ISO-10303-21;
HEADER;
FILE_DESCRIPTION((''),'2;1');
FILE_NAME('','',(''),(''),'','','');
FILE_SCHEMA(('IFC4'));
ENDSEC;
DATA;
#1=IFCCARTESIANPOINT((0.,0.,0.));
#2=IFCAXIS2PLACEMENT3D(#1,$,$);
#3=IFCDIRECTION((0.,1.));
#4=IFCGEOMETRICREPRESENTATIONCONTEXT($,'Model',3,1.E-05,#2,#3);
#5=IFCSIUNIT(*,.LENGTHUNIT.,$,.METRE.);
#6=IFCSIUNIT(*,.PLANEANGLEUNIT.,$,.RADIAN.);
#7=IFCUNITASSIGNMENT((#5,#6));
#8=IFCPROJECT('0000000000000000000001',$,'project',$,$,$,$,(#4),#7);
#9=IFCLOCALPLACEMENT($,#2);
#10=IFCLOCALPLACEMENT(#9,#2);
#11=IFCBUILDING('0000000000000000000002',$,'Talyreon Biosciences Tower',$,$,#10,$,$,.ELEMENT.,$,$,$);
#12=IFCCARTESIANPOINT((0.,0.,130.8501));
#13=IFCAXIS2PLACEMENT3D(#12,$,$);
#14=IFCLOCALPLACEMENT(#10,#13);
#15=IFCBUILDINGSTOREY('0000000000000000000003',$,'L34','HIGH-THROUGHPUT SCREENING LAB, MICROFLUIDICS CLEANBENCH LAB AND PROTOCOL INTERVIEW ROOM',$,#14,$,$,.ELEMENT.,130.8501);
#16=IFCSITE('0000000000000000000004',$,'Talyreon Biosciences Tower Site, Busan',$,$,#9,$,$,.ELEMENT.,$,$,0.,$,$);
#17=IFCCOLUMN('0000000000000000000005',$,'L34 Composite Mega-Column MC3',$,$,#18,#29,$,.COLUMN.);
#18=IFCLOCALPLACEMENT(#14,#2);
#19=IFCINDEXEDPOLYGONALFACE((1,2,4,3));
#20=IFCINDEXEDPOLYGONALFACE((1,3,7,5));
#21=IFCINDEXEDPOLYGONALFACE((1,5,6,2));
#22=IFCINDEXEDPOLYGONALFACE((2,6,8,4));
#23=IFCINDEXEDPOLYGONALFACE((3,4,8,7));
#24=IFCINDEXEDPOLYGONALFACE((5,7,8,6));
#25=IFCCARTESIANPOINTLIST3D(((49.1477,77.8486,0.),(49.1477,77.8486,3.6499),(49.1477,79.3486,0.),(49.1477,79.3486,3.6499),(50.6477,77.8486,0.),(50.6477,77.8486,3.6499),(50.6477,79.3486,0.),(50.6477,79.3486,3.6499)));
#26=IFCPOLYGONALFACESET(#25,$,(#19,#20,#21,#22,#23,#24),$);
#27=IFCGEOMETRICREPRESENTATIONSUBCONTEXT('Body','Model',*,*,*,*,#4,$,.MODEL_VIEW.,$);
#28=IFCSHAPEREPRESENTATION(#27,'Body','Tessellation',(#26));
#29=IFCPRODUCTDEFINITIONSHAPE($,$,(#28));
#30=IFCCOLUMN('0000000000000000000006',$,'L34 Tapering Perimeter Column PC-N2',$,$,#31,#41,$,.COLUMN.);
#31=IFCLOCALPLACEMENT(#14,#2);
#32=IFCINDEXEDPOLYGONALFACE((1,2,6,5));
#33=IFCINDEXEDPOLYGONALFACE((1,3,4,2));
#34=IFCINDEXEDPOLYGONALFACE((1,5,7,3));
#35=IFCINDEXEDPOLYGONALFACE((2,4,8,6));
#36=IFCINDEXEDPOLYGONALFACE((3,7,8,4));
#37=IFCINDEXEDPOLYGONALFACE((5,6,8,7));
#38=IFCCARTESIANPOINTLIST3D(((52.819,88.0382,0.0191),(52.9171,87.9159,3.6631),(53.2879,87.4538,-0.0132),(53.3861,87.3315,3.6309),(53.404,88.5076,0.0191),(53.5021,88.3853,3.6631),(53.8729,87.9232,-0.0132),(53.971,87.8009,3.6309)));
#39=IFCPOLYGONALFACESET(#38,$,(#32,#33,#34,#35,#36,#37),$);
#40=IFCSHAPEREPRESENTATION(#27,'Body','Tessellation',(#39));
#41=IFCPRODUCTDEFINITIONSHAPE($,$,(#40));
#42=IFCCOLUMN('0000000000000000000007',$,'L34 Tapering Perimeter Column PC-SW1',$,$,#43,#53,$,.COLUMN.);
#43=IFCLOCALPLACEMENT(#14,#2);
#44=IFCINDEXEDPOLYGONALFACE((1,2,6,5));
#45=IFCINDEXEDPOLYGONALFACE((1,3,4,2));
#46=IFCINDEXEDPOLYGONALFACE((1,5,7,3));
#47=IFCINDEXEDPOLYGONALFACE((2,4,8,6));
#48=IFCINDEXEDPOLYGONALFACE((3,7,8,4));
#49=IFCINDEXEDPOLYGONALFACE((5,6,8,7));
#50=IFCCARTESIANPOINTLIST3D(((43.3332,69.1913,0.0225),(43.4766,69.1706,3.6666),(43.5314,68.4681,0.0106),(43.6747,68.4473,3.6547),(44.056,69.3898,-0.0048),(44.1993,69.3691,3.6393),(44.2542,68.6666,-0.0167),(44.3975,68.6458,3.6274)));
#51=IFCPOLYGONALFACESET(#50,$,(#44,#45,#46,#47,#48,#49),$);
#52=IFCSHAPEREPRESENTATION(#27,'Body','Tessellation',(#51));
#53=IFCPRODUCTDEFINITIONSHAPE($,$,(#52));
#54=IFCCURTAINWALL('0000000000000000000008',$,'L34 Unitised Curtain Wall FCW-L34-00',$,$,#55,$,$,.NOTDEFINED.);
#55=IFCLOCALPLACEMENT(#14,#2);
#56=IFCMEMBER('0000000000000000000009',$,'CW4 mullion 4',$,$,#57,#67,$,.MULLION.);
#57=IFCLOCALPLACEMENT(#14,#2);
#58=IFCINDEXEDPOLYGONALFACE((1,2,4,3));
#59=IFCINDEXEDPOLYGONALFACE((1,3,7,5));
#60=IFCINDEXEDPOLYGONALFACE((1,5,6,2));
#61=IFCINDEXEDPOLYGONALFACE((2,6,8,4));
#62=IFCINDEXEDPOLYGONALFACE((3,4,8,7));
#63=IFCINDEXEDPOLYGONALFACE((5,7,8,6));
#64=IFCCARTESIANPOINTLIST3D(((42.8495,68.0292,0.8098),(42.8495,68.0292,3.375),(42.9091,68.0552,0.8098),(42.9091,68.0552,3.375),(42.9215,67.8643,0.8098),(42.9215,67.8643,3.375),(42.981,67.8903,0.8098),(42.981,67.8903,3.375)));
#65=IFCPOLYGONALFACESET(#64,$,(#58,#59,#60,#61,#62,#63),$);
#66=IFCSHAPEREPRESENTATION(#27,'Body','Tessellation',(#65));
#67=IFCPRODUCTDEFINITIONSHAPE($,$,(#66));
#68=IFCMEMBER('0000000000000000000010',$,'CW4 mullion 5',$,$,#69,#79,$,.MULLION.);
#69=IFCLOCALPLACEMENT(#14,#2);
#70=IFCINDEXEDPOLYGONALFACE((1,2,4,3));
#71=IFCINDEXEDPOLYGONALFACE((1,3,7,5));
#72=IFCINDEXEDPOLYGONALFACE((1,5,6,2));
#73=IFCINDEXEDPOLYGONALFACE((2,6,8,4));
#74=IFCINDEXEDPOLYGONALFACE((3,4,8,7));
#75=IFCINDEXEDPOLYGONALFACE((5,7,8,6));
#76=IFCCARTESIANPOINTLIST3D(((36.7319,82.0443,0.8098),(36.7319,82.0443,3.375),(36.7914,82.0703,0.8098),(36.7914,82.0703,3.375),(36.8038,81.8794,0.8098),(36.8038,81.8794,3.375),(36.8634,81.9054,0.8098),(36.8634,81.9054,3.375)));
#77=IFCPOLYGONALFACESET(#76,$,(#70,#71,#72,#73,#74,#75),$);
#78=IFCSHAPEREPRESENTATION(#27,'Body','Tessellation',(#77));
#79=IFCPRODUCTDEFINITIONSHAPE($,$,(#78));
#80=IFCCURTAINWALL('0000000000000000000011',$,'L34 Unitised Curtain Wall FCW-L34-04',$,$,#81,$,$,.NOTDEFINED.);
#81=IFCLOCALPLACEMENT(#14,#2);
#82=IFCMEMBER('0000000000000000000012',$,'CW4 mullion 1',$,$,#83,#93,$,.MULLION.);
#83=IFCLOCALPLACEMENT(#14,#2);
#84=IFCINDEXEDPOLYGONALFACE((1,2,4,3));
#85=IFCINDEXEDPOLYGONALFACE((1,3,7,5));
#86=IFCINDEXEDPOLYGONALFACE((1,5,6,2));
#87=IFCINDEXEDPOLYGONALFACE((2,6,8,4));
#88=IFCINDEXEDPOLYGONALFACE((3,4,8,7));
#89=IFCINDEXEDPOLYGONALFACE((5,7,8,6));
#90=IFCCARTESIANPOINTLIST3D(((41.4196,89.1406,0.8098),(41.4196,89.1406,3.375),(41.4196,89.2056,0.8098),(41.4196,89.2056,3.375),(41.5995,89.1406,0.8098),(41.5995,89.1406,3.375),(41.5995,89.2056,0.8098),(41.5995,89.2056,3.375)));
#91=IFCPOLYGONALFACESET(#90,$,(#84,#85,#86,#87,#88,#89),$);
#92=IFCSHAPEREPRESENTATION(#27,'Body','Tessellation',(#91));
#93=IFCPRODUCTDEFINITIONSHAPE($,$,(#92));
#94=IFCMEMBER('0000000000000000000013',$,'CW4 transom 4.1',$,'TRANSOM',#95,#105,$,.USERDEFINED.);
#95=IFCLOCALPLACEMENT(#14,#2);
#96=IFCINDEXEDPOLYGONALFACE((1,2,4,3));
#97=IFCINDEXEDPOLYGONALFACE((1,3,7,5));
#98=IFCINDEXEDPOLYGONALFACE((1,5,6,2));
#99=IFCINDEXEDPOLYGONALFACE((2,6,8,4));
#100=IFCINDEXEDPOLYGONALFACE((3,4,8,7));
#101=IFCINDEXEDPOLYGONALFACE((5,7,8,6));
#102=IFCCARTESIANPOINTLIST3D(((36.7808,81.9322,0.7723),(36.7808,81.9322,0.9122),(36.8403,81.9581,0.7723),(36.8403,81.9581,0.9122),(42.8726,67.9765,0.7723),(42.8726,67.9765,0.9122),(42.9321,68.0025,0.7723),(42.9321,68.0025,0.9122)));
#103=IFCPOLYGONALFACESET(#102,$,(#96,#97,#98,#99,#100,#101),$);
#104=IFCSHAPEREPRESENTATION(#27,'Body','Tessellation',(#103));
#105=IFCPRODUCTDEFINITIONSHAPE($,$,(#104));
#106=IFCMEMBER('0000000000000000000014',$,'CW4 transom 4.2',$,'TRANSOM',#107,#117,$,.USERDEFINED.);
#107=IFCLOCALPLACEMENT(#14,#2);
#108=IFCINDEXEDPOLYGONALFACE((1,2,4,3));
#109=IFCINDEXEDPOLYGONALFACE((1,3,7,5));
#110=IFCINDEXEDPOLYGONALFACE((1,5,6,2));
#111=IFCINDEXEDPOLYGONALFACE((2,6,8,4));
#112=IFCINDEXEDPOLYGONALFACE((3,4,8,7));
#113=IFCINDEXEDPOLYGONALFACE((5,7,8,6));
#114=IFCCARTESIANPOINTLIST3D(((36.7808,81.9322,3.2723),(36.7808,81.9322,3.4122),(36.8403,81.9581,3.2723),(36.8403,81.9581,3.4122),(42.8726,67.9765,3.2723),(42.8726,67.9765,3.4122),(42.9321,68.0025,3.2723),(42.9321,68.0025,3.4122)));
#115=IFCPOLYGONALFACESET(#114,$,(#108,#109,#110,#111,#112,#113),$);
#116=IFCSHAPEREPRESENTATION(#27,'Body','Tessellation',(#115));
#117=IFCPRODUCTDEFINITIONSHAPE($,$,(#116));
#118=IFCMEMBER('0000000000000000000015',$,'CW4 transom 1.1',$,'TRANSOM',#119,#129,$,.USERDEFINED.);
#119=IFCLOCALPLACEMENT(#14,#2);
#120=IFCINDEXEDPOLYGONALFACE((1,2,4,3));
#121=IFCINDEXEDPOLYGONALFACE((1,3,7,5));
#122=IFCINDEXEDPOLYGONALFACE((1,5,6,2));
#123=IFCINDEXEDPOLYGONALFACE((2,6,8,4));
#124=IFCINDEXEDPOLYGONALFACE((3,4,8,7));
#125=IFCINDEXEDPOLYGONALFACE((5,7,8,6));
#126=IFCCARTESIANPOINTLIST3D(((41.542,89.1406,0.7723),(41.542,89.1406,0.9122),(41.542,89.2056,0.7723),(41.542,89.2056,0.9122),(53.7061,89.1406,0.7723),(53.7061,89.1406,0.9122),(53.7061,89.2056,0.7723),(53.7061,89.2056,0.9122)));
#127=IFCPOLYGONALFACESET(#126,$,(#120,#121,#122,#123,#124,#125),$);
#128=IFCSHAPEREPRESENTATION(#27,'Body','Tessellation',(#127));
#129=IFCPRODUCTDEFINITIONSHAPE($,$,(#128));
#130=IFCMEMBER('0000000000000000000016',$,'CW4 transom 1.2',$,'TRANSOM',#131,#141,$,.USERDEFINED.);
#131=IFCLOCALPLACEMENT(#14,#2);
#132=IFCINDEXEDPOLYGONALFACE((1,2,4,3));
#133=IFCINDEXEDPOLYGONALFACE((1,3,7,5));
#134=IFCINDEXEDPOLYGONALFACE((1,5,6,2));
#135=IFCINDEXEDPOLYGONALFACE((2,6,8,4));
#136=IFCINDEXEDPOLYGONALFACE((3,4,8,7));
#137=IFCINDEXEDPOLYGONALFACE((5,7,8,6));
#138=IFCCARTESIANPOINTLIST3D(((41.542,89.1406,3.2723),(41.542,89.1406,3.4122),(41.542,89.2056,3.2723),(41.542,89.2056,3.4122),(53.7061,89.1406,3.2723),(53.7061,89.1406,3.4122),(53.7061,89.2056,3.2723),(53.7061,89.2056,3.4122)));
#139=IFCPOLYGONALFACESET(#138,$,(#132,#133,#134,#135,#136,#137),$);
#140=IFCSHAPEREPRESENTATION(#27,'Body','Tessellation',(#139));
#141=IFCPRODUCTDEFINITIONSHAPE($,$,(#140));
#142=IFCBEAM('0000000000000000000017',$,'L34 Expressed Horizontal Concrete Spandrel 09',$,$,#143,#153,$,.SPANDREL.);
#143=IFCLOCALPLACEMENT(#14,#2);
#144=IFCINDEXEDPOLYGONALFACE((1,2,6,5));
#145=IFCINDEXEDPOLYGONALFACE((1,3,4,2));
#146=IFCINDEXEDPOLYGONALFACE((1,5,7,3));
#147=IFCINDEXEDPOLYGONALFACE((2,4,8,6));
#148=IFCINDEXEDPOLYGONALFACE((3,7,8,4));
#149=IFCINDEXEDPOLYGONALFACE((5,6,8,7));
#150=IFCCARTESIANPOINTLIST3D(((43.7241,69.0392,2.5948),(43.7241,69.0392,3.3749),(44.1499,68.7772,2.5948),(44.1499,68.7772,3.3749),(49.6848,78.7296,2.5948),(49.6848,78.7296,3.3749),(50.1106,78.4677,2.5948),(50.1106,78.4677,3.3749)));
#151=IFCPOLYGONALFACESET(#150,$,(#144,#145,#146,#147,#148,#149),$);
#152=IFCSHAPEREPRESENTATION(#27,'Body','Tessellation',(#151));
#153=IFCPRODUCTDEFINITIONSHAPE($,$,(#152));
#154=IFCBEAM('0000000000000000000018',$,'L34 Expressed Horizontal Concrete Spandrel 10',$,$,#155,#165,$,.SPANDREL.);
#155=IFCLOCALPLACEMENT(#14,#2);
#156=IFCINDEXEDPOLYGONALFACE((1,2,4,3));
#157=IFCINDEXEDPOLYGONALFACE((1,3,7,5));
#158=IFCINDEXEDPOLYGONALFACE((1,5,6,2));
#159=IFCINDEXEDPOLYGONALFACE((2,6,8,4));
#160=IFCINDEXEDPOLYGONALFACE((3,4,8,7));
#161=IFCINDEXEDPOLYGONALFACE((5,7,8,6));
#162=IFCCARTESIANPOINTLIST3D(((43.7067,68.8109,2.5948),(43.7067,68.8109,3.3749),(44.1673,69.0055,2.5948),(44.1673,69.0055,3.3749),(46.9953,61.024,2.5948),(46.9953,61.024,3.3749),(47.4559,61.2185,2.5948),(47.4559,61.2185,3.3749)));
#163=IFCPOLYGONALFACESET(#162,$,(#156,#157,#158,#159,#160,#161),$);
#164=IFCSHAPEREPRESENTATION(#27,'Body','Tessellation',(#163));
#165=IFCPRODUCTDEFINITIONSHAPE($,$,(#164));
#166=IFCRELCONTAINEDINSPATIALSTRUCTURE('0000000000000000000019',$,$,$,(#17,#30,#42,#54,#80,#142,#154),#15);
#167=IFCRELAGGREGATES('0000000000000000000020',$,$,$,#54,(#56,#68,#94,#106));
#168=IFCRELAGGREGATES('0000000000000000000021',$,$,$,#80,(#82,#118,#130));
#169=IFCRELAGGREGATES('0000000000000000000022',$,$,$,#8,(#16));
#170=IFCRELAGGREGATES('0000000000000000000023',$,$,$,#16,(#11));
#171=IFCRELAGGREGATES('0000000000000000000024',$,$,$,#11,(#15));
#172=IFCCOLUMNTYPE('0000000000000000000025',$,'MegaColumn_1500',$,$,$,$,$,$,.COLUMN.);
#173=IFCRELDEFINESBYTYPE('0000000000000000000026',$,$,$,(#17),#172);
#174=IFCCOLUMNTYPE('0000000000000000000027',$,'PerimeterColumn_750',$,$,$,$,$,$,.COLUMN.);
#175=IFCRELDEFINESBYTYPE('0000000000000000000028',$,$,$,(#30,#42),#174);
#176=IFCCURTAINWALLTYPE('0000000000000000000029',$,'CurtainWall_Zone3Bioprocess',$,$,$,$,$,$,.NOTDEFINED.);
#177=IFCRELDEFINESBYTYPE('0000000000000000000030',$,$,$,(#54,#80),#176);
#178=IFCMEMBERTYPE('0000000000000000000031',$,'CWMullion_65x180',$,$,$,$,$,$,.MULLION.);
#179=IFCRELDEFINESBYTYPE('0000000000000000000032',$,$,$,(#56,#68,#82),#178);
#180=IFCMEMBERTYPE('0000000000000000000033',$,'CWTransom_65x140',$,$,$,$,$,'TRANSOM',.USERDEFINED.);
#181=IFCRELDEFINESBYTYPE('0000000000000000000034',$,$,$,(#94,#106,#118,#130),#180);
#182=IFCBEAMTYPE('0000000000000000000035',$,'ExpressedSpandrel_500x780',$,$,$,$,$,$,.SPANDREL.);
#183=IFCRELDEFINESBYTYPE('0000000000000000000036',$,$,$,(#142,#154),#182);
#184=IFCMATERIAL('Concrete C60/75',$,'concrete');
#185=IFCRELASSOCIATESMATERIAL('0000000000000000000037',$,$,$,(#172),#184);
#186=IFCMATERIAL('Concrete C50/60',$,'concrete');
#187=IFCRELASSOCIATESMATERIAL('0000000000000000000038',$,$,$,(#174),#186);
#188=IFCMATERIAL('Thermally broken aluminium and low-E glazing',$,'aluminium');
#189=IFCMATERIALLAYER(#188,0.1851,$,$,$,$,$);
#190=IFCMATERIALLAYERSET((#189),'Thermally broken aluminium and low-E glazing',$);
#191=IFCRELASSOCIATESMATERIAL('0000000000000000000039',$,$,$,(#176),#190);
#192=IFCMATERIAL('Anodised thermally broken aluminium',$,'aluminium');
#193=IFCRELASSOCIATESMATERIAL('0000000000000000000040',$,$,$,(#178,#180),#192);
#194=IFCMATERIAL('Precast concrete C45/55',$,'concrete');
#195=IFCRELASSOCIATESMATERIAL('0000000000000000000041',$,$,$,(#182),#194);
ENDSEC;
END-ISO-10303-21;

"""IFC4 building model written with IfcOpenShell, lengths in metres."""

from ifc_helpers import new_model, si_unit, direction, frame, origin, origin_2d, place, context, subcontext, project, spatial, rectangle, extrude, material, layer, layer_set, material_profile, profile_set, type_object, element, aggregate, save


model = new_model("IFC4")

# Units and contexts
model_context = context("Model", 3, precision=1e-05, world=origin(), true_north=direction((0.0, 1.0)))
body_context = subcontext(model_context, "Body", "Model", "MODEL_VIEW")
ifc_project = project(units=[si_unit("LENGTHUNIT", "METRE"), si_unit("PLANEANGLEUNIT", "RADIAN")], contexts=[model_context])

# Site, building, storey
site_placement = place(None, origin())
site = spatial("IfcSite", under=ifc_project, at=site_placement, Name="Talyreon Biosciences Tower Site, Busan", CompositionType="ELEMENT", RefElevation=0.0)
building_placement = place(site_placement, origin())
building = spatial("IfcBuilding", under=site, at=building_placement, Name="Talyreon Biosciences Tower", CompositionType="ELEMENT")
storey_placement = place(building_placement, frame((0.0, 0.0, 130.8501)))
storey = spatial("IfcBuildingStorey", under=building, at=storey_placement, Name="L34", Description="HIGH-THROUGHPUT SCREENING LAB, MICROFLUIDICS CLEANBENCH LAB AND PROTOCOL INTERVIEW ROOM", CompositionType="ELEMENT", Elevation=130.8501)

# Columns
ifc_material_1 = material(Name="Concrete C60/75", Category="concrete")
ifc_material_profile_1 = material_profile(ifc_material_1, rectangle(XDim=1.5, YDim=1.5, at=origin_2d()), Name="RC 1500x1500")
ifc_profile_set_1 = profile_set([ifc_material_profile_1], Name="Concrete C60/75")
column_type_1 = type_object("IfcColumnType", Name="MegaColumn_1500", PredefinedType="COLUMN", material=ifc_profile_set_1)
column_1_placement = place(storey_placement, frame((49.8977, 78.5986, 0.0), z_axis=(0.0, 0.0, 1.0), x_axis=(1.0, 0.0, 0.0)))
element("IfcColumn", 1, at=column_1_placement, inside=storey, type_object=column_type_1, Name="L34 Composite Mega-Column MC3", PredefinedType="COLUMN", context=body_context, shape_type="SweptSolid", body=[
    extrude(rectangle(XDim=1.5, YDim=1.5, at=origin_2d()), origin(), (0.0, 0.0, 1.0), 3.6499),
])
ifc_material_2 = material(Name="Concrete C50/60", Category="concrete")
ifc_material_profile_2 = material_profile(ifc_material_2, rectangle(XDim=0.75, YDim=0.75, at=origin_2d()), Name="RC 750x750")
ifc_profile_set_2 = profile_set([ifc_material_profile_2], Name="Concrete C50/60")
column_type_2 = type_object("IfcColumnType", Name="PerimeterColumn_750", PredefinedType="COLUMN", material=ifc_profile_set_2)
column_2_placement = place(storey_placement, frame((53.3459, 87.9807, 0.0029), z_axis=(0.026908, -0.033535, 0.999075), x_axis=(-0.779957, -0.625834, 0.0)))
element("IfcColumn", 2, at=column_2_placement, inside=storey, type_object=column_type_2, Name="L34 Tapering Perimeter Column PC-N2", PredefinedType="COLUMN", context=body_context, shape_type="SweptSolid", body=[
    extrude(rectangle(XDim=0.75, YDim=0.75, at=origin_2d()), origin(), (0.0, 0.0, 1.0), 3.6475),
])
column_3_placement = place(storey_placement, frame((43.7937, 68.929, 0.0029), z_axis=(0.039296, -0.00569, 0.999211), x_axis=(0.963664, 0.264627, -0.036391)))
element("IfcColumn", 3, at=column_3_placement, inside=storey, type_object=column_type_2, Name="L34 Tapering Perimeter Column PC-SW1", PredefinedType="COLUMN", context=body_context, shape_type="SweptSolid", body=[
    extrude(rectangle(XDim=0.75, YDim=0.75, at=origin_2d()), origin(), (0.0, 0.0, 1.0), 3.647),
])

# Curtain wall, members
ifc_material_3 = material(Name="Thermally broken aluminium and low-E glazing", Category="aluminium")
ifc_layer_1 = layer(ifc_material_3, 0.1851)
ifc_layer_set_1 = layer_set([ifc_layer_1], Name="Thermally broken aluminium and low-E glazing")
curtain_wall_type = type_object("IfcCurtainWallType", Name="CurtainWall_Zone3Bioprocess", PredefinedType="NOTDEFINED", material=ifc_layer_set_1)
curtain_wall_1_placement = place(storey_placement, origin())
curtain_wall_1 = element("IfcCurtainWall", 4, at=curtain_wall_1_placement, inside=storey, type_object=curtain_wall_type, Name="L34 Unitised Curtain Wall FCW-L34-00", PredefinedType="NOTDEFINED")
ifc_material_4 = material(Name="Anodised thermally broken aluminium", Category="aluminium")
ifc_material_profile_3 = material_profile(ifc_material_4, rectangle(XDim=0.0649, YDim=0.1799, at=origin_2d()), Name="ALUM MULLION 65x180")
ifc_profile_set_3 = profile_set([ifc_material_profile_3], Name="Anodised thermally broken aluminium")
member_type_1 = type_object("IfcMemberType", Name="CWMullion_65x180", PredefinedType="MULLION", material=ifc_profile_set_3)
member_1_placement = place(storey_placement, frame((42.9153, 67.9597, 0.8098), z_axis=(0.0, 0.0, 1.0), x_axis=(-0.91649, -0.400058, 0.0)))
member_1 = element("IfcMember", 5, at=member_1_placement, type_object=member_type_1, Name="CW4 mullion 4", PredefinedType="MULLION", context=body_context, shape_type="SweptSolid", body=[
    extrude(rectangle(XDim=0.0649, YDim=0.1799, at=origin_2d()), origin(), (0.0, 0.0, 1.0), 2.5652),
])
member_2_placement = place(storey_placement, frame((36.7976, 81.9749, 0.8098), z_axis=(0.0, 0.0, 1.0), x_axis=(-0.91649, -0.400058, 0.0)))
member_2 = element("IfcMember", 6, at=member_2_placement, type_object=member_type_1, Name="CW4 mullion 5", PredefinedType="MULLION", context=body_context, shape_type="SweptSolid", body=[
    extrude(rectangle(XDim=0.0649, YDim=0.1799, at=origin_2d()), origin(), (0.0, 0.0, 1.0), 2.5652),
])

# Curtain wall, member
curtain_wall_2_placement = place(storey_placement, origin())
curtain_wall_2 = element("IfcCurtainWall", 7, at=curtain_wall_2_placement, inside=storey, type_object=curtain_wall_type, Name="L34 Unitised Curtain Wall FCW-L34-04", PredefinedType="NOTDEFINED")
member_3_placement = place(storey_placement, frame((41.5095, 89.1731, 0.8098), z_axis=(0.0, 0.0, 1.0), x_axis=(0.0, 1.0, 0.0)))
member_3 = element("IfcMember", 8, at=member_3_placement, type_object=member_type_1, Name="CW4 mullion 1", PredefinedType="MULLION", context=body_context, shape_type="SweptSolid", body=[
    extrude(rectangle(XDim=0.0649, YDim=0.1799, at=origin_2d()), origin(), (0.0, 0.0, 1.0), 2.5652),
])

# Members
ifc_material_profile_4 = material_profile(ifc_material_4, rectangle(XDim=0.0649, YDim=0.1399, at=origin_2d()), Name="ALUM TRANSOM 65x140")
ifc_profile_set_4 = profile_set([ifc_material_profile_4], Name="Anodised thermally broken aluminium")
member_type_2 = type_object("IfcMemberType", Name="CWTransom_65x140", ElementType="TRANSOM", PredefinedType="USERDEFINED", material=ifc_profile_set_4)
member_4_placement = place(storey_placement, frame((42.9023, 67.9895, 0.8423), z_axis=(-0.40006, 0.916489, 0.0), x_axis=(-0.916489, -0.40006, 0.0)))
member_4 = element("IfcMember", 9, at=member_4_placement, type_object=member_type_2, Name="CW4 transom 4.1", ObjectType="TRANSOM", PredefinedType="USERDEFINED", context=body_context, shape_type="SweptSolid", body=[
    extrude(rectangle(XDim=0.0649, YDim=0.1399, at=origin_2d()), origin(), (0.0, 0.0, 1.0), 15.2273),
])
member_5_placement = place(storey_placement, frame((42.9023, 67.9895, 3.3423), z_axis=(-0.40006, 0.916489, 0.0), x_axis=(-0.916489, -0.40006, 0.0)))
member_5 = element("IfcMember", 10, at=member_5_placement, type_object=member_type_2, Name="CW4 transom 4.2", ObjectType="TRANSOM", PredefinedType="USERDEFINED", context=body_context, shape_type="SweptSolid", body=[
    extrude(rectangle(XDim=0.0649, YDim=0.1399, at=origin_2d()), origin(), (0.0, 0.0, 1.0), 15.2273),
])
member_6_placement = place(storey_placement, frame((41.542, 89.1731, 0.8423), z_axis=(1.0, 0.0, 0.0), x_axis=(0.0, 1.0, 0.0)))
member_6 = element("IfcMember", 11, at=member_6_placement, type_object=member_type_2, Name="CW4 transom 1.1", ObjectType="TRANSOM", PredefinedType="USERDEFINED", context=body_context, shape_type="SweptSolid", body=[
    extrude(rectangle(XDim=0.0649, YDim=0.1399, at=origin_2d()), origin(), (0.0, 0.0, 1.0), 12.1641),
])
member_7_placement = place(storey_placement, frame((41.542, 89.1731, 3.3423), z_axis=(1.0, 0.0, 0.0), x_axis=(0.0, 1.0, 0.0)))
member_7 = element("IfcMember", 12, at=member_7_placement, type_object=member_type_2, Name="CW4 transom 1.2", ObjectType="TRANSOM", PredefinedType="USERDEFINED", context=body_context, shape_type="SweptSolid", body=[
    extrude(rectangle(XDim=0.0649, YDim=0.1399, at=origin_2d()), origin(), (0.0, 0.0, 1.0), 12.1641),
])

# Beams
ifc_material_5 = material(Name="Precast concrete C45/55", Category="concrete")
ifc_material_profile_5 = material_profile(ifc_material_5, rectangle(XDim=0.5, YDim=0.78, at=origin_2d()), Name="RCB 500x780")
ifc_profile_set_5 = profile_set([ifc_material_profile_5], Name="Precast concrete C45/55")
beam_type_1 = type_object("IfcBeamType", Name="ExpressedSpandrel_500x780", PredefinedType="SPANDREL", material=ifc_profile_set_5)
beam_1_placement = place(storey_placement, frame((49.8977, 78.5986, 2.9849), z_axis=(-0.523929, -0.851762, 0.0), x_axis=(0.851762, -0.523929, 0.0)))
element("IfcBeam", 13, at=beam_1_placement, inside=storey, type_object=beam_type_1, Name="L34 Expressed Horizontal Concrete Spandrel 09", PredefinedType="SPANDREL", context=body_context, shape_type="SweptSolid", body=[
    extrude(rectangle(XDim=0.5, YDim=0.78, at=origin_2d()), origin(), (0.0, 0.0, 1.0), 11.377),
])
beam_2_placement = place(storey_placement, frame((43.937, 68.9082, 2.9849), z_axis=(0.389051, -0.921216, 0.0), x_axis=(0.921216, 0.389051, 0.0)))
element("IfcBeam", 14, at=beam_2_placement, inside=storey, type_object=beam_type_1, Name="L34 Expressed Horizontal Concrete Spandrel 10", PredefinedType="SPANDREL", context=body_context, shape_type="SweptSolid", body=[
    extrude(rectangle(XDim=0.5, YDim=0.78, at=origin_2d()), origin(), (0.0, 0.0, 1.0), 8.4529),
])

aggregate(curtain_wall_1, [member_1, member_2, member_4, member_5])
aggregate(curtain_wall_2, [member_3, member_6, member_7])

save(model, "model.ifc")
